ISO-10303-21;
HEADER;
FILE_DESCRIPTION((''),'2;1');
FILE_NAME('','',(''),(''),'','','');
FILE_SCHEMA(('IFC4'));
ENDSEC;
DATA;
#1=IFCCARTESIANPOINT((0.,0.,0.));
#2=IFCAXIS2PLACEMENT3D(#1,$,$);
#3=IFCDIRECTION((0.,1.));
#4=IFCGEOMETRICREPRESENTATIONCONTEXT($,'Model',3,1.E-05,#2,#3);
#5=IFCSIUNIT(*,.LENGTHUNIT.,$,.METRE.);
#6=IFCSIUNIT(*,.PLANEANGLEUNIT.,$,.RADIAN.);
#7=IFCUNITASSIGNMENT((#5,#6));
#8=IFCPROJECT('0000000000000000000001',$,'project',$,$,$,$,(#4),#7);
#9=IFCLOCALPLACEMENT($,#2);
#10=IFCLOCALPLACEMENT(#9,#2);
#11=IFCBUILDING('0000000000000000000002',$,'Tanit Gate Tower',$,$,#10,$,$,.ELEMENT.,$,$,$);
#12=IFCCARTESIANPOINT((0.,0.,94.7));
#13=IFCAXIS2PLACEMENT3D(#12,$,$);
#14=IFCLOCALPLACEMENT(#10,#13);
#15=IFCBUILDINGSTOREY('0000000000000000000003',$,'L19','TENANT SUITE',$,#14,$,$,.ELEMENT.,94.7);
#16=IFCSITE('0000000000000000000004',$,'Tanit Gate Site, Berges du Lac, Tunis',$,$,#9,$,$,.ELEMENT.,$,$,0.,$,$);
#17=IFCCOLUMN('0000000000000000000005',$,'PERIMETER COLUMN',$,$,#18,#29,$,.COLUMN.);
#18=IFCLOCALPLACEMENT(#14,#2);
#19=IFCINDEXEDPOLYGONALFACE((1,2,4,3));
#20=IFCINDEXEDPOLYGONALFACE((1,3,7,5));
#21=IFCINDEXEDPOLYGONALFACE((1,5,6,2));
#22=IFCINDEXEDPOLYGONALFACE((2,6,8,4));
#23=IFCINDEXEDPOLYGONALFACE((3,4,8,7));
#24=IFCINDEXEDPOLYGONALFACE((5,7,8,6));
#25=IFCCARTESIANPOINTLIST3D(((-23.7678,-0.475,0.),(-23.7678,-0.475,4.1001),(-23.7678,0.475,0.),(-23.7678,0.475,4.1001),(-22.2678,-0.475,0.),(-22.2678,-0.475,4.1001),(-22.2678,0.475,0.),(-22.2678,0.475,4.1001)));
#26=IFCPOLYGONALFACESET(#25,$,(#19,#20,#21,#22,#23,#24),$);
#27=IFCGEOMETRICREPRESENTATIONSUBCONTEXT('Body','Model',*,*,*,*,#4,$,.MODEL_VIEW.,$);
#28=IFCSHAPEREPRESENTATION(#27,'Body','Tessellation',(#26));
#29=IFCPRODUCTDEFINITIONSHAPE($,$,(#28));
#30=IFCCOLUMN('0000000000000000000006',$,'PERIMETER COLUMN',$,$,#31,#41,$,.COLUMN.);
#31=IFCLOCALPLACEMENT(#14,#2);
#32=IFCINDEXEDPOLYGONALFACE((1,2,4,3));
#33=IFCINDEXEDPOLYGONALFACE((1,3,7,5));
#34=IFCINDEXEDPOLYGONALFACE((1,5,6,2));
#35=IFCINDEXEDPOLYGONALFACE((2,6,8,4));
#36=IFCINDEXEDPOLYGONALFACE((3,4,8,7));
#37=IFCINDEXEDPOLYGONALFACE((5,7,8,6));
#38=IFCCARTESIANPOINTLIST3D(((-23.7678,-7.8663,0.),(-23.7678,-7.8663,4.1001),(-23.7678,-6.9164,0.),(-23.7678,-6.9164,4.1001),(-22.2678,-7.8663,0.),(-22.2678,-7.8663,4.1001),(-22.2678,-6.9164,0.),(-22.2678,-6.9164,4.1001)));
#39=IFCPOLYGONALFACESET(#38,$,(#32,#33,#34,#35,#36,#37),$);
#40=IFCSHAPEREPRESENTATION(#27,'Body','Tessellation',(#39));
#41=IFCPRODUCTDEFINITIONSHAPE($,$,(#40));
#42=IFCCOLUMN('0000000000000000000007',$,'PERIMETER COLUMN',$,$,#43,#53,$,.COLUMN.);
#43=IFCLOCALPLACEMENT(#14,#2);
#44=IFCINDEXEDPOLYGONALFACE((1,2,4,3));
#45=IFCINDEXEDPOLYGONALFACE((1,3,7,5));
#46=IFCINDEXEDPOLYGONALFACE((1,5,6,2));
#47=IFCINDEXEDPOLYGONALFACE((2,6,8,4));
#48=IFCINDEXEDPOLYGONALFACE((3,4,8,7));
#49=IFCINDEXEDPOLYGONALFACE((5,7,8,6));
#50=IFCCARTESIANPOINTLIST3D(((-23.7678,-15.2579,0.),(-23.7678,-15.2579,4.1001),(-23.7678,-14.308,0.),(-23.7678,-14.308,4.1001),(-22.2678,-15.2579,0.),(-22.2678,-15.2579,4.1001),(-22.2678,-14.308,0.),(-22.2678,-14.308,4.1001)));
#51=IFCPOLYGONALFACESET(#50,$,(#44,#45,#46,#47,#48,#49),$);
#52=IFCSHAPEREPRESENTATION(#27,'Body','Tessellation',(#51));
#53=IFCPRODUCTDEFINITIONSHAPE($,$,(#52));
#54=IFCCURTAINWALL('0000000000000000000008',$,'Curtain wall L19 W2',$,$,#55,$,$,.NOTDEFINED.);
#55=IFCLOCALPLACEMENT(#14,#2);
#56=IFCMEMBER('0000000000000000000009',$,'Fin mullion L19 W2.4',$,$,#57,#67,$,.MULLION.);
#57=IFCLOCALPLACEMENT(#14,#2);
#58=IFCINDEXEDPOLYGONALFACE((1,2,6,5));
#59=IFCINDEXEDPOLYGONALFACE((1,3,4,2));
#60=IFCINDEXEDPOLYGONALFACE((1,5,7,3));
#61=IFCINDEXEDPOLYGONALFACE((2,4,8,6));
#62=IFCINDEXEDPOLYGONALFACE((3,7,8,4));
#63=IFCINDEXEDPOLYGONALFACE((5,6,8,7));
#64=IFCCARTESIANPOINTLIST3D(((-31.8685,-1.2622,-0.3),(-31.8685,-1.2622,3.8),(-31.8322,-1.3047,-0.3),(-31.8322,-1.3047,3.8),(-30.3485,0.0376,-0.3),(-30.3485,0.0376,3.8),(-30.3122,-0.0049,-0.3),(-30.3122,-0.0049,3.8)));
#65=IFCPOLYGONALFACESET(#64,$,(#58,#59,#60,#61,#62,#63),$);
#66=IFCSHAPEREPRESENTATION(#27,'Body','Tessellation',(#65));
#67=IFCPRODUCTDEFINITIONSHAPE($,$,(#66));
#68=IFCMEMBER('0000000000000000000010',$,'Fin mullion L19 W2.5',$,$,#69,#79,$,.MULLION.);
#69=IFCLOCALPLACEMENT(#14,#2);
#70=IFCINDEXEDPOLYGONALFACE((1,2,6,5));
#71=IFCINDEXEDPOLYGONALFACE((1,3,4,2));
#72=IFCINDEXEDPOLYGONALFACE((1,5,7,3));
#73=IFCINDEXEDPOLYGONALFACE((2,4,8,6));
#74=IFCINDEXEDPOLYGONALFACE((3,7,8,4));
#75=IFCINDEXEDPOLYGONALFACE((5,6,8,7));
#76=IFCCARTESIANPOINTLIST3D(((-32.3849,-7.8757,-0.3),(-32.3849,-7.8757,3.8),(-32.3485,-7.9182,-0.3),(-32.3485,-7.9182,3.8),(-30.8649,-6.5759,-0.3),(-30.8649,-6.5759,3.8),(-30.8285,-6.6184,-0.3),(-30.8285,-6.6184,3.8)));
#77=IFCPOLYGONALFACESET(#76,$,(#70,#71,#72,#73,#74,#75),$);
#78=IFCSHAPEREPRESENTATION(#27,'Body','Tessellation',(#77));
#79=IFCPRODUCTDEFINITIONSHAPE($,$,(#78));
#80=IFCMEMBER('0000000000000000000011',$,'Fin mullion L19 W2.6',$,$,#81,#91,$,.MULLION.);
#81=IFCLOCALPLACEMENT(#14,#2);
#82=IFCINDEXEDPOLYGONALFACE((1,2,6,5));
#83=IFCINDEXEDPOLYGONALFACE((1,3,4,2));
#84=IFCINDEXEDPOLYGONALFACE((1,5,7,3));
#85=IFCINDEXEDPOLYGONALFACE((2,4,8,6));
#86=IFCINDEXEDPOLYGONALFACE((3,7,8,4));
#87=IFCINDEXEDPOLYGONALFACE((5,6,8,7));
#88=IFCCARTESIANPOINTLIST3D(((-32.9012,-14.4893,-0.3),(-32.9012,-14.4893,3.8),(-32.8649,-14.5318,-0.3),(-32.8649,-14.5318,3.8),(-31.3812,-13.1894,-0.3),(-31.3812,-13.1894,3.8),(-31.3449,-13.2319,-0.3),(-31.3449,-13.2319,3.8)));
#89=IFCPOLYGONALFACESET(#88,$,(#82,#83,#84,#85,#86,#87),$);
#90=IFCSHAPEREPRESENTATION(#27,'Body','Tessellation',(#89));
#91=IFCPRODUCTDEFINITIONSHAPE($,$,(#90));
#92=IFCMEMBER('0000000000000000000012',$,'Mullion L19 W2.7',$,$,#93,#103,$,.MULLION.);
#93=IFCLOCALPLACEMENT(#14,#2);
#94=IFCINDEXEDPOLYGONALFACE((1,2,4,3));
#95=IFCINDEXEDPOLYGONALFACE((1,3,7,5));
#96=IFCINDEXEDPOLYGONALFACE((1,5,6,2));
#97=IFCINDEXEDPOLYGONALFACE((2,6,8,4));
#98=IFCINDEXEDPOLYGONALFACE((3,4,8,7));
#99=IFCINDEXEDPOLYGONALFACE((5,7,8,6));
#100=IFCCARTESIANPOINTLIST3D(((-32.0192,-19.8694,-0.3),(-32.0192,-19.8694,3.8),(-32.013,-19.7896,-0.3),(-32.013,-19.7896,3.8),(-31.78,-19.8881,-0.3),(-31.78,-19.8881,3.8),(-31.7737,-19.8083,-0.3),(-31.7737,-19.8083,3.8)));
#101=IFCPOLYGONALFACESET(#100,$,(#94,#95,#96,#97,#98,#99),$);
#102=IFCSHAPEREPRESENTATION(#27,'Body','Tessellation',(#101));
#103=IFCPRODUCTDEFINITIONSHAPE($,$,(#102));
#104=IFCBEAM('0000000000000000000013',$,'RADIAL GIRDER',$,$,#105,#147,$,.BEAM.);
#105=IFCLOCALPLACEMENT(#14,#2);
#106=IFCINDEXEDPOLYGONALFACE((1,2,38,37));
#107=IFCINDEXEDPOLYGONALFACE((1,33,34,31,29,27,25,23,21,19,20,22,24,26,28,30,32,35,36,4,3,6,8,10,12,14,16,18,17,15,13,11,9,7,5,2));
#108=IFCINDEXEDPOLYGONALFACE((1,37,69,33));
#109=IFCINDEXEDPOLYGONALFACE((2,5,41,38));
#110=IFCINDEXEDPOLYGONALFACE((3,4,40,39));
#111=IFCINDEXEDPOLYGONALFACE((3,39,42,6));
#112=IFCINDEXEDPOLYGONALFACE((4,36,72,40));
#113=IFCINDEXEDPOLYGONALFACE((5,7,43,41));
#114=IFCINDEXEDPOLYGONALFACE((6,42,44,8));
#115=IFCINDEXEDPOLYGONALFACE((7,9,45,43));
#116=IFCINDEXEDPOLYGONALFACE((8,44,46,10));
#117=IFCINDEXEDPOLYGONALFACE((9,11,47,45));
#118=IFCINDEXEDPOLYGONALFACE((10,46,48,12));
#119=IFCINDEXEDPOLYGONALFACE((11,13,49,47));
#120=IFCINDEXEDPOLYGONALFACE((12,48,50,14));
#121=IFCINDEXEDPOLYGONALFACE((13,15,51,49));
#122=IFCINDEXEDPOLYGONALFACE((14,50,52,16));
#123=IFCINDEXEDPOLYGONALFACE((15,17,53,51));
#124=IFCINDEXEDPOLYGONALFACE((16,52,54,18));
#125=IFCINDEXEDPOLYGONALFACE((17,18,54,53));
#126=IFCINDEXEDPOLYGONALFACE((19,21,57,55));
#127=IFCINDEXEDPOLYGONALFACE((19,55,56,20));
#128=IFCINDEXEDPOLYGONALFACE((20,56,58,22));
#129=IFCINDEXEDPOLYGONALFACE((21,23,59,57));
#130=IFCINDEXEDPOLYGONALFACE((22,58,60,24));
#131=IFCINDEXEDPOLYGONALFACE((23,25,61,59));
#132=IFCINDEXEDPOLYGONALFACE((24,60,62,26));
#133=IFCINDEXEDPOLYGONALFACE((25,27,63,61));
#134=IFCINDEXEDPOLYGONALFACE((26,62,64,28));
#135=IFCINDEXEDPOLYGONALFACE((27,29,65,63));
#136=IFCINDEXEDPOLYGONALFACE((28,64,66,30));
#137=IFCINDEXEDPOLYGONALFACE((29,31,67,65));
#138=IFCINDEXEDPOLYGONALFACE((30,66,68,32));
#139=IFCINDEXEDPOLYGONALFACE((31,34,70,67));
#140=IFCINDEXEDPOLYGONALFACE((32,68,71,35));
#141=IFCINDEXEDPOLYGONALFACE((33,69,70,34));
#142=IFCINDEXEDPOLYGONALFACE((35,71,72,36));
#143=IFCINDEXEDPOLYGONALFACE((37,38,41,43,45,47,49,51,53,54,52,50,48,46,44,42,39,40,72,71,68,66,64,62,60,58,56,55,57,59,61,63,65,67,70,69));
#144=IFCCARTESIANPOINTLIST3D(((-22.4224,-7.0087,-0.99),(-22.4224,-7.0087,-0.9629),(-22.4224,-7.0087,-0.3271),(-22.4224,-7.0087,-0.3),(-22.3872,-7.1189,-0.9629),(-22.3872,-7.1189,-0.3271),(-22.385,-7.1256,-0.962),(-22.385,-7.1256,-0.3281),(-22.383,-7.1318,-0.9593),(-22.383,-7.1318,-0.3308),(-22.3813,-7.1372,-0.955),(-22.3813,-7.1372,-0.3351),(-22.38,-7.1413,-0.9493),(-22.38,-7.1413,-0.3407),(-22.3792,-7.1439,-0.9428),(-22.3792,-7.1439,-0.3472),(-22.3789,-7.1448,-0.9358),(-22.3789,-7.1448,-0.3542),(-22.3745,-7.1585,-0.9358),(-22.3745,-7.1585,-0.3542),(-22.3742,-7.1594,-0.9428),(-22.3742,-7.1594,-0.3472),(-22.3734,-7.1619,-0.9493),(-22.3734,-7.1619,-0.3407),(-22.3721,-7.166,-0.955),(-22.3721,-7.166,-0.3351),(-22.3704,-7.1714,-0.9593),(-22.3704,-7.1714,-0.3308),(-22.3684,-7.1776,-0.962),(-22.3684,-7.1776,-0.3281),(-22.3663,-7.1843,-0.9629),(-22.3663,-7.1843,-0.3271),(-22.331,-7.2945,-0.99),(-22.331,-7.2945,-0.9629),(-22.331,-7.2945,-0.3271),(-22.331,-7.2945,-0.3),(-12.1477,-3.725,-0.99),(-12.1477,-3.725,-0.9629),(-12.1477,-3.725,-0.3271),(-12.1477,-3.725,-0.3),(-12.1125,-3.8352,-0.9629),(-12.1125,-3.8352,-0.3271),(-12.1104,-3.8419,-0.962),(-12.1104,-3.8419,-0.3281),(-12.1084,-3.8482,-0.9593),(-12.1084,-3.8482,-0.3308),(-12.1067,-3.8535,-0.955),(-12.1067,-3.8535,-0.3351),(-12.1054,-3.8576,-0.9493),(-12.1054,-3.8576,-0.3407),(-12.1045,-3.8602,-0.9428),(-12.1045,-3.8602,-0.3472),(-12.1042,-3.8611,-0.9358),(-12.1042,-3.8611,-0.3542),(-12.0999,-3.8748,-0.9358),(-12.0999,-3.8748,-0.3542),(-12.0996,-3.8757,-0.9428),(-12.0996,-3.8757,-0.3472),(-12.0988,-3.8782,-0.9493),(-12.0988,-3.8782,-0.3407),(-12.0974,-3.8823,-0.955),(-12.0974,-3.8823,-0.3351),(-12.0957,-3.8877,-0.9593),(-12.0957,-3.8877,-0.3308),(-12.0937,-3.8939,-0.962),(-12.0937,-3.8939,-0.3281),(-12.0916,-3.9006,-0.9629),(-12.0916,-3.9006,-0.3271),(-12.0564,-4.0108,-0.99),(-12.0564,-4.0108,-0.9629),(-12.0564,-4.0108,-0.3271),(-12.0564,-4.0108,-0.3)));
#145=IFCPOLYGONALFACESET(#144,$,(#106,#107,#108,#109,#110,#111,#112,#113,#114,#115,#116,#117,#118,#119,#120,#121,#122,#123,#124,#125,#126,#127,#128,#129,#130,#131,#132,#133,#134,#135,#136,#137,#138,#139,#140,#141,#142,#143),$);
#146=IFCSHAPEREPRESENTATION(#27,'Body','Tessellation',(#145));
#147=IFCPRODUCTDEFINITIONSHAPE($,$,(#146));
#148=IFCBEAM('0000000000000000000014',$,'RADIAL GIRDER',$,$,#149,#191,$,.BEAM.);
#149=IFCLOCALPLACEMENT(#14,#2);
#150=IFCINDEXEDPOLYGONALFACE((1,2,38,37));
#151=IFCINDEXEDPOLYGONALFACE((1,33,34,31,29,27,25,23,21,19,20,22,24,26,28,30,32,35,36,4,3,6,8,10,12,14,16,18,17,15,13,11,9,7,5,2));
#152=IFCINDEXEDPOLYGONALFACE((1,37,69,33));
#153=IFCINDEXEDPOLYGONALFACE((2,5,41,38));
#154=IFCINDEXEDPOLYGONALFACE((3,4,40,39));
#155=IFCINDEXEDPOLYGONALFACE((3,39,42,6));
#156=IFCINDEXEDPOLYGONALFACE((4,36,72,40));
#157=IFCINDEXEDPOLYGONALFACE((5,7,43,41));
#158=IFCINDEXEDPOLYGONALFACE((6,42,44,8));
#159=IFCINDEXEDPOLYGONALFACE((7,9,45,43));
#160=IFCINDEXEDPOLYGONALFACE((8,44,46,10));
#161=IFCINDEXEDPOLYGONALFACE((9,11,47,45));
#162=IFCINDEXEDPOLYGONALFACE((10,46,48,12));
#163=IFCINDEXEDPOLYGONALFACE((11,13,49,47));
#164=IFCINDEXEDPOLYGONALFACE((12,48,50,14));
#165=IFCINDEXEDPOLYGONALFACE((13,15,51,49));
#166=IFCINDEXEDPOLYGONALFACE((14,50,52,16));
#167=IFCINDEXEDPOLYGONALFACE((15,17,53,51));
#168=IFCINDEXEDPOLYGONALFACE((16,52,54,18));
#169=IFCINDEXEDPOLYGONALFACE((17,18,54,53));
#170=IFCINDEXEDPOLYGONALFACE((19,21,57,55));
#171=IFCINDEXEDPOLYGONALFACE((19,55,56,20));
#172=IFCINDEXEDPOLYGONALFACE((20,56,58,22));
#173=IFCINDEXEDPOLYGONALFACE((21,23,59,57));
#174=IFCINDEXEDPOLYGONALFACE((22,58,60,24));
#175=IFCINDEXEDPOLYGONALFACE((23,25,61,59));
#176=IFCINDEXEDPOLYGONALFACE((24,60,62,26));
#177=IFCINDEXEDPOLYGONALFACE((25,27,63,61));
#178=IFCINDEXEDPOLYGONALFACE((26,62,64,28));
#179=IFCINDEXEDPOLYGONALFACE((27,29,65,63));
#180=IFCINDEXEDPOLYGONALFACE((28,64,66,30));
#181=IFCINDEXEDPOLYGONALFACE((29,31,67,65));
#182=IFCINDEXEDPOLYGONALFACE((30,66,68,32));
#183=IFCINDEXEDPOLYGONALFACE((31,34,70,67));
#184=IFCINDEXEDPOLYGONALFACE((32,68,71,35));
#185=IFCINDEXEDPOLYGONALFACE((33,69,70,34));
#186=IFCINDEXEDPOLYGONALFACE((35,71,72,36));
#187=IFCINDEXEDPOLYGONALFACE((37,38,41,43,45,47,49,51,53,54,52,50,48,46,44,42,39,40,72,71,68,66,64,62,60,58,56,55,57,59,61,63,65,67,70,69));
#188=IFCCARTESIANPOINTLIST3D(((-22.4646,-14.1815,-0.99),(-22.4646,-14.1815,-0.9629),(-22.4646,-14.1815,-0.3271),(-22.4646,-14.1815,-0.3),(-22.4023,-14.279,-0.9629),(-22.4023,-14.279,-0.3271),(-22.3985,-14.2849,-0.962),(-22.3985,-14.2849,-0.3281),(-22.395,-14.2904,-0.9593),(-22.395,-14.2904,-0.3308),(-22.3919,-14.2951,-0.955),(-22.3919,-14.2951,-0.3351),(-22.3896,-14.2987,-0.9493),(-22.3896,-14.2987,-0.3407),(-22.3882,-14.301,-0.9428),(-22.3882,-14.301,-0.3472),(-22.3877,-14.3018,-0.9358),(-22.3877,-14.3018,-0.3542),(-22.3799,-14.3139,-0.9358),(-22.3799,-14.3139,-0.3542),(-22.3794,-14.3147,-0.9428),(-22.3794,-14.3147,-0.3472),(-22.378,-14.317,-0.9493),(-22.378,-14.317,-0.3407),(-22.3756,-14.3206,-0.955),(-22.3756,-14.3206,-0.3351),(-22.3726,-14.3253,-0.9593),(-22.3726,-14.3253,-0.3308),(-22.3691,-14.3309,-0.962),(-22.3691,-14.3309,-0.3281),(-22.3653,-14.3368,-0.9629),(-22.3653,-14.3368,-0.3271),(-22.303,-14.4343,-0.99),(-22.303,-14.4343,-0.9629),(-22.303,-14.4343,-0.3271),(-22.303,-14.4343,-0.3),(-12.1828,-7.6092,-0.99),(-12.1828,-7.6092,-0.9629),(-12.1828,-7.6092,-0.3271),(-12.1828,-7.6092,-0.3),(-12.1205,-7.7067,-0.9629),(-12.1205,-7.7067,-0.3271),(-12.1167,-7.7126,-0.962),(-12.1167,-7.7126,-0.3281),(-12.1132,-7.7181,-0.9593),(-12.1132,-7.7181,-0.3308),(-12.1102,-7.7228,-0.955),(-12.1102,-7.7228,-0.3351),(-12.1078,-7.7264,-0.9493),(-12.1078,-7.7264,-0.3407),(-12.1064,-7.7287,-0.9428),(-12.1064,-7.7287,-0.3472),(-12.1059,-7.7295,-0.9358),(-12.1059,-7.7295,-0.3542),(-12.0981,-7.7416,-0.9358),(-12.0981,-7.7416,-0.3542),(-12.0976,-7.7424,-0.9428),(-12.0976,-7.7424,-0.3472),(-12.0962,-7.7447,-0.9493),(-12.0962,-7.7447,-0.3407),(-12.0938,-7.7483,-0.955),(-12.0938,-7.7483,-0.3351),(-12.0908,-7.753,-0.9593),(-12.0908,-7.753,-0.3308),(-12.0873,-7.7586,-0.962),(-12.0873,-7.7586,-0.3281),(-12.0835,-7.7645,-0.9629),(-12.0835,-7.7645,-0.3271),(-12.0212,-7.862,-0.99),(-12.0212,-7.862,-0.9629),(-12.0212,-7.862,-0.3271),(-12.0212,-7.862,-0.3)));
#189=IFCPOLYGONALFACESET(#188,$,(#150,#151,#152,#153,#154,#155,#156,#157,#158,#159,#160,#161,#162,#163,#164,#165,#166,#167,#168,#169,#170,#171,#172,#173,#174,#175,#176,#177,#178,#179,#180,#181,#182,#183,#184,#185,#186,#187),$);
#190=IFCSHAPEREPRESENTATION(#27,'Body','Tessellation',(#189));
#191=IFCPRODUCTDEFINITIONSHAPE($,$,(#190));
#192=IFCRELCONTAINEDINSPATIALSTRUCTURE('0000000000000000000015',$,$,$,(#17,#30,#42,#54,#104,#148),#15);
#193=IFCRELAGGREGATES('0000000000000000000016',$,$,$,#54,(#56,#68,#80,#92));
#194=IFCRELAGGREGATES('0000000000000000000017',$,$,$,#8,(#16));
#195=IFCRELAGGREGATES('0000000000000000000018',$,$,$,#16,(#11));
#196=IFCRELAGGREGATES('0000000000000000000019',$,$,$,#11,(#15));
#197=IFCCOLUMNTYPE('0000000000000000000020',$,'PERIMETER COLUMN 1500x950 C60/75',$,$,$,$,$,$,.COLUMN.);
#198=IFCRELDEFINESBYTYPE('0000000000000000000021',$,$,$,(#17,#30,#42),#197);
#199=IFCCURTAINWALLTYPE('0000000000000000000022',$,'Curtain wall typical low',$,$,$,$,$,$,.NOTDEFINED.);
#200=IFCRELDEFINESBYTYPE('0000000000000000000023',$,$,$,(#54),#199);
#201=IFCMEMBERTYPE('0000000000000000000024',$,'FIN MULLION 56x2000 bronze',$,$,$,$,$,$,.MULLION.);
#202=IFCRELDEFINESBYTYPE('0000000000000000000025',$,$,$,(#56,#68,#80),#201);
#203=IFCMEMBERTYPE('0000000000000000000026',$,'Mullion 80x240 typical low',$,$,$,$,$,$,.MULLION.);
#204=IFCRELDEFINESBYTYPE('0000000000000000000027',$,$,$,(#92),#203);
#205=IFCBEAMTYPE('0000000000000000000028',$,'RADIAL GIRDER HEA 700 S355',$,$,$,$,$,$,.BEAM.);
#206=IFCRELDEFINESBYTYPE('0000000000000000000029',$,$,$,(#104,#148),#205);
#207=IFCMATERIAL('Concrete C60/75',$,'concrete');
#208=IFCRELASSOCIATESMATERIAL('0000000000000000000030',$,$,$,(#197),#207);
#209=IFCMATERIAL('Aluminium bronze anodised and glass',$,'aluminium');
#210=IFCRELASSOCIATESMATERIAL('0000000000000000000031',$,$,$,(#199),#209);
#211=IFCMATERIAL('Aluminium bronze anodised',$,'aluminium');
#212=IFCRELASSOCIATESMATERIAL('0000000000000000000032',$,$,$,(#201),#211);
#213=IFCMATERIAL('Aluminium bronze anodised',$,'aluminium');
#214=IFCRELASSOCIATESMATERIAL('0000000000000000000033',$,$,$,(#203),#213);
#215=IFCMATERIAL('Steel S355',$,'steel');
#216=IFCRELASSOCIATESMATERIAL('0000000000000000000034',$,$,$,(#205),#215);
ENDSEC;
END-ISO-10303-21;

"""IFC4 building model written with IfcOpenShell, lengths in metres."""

from ifc_helpers import new_model, si_unit, direction, frame, origin, origin_2d, place, context, subcontext, project, spatial, rectangle, i_section, extrude, material, material_profile, profile_set, type_object, element, aggregate, save


model = new_model("IFC4")

# Units and contexts
model_context = context("Model", 3, precision=1e-05, world=origin(), true_north=direction((0.0, 1.0)))
body_context = subcontext(model_context, "Body", "Model", "MODEL_VIEW")
ifc_project = project(units=[si_unit("LENGTHUNIT", "METRE"), si_unit("PLANEANGLEUNIT", "RADIAN")], contexts=[model_context])

# Site, building, storey
site_placement = place(None, origin())
site = spatial("IfcSite", under=ifc_project, at=site_placement, Name="Tanit Gate Site, Berges du Lac, Tunis", CompositionType="ELEMENT", RefElevation=0.0)
building_placement = place(site_placement, origin())
building = spatial("IfcBuilding", under=site, at=building_placement, Name="Tanit Gate Tower", CompositionType="ELEMENT")
storey_placement = place(building_placement, frame((0.0, 0.0, 94.7)))
storey = spatial("IfcBuildingStorey", under=building, at=storey_placement, Name="L19", Description="TENANT SUITE", CompositionType="ELEMENT", Elevation=94.7)

# Columns
ifc_material_1 = material(Name="Concrete C60/75", Category="concrete")
ifc_material_profile_1 = material_profile(ifc_material_1, rectangle(XDim=1.5, YDim=0.95, at=origin_2d()), Name="RC 1500x950")
ifc_profile_set_1 = profile_set([ifc_material_profile_1], Name="Concrete C60/75")
column_type = type_object("IfcColumnType", Name="PERIMETER COLUMN 1500x950 C60/75", PredefinedType="COLUMN", material=ifc_profile_set_1)
for number, where, z_axis, x_axis, name in (
    (1, (-23.0178, 0.0, 0.0), (0.0, 0.0, 1.0), (-1.0, 0.0, 0.0), "PERIMETER COLUMN"),
    (2, (-23.0178, -7.3914, 0.0), (0.0, 0.0, 1.0), (-1.0, 0.0, 0.0), "PERIMETER COLUMN"),
    (3, (-23.0178, -14.783, 0.0), (0.0, 0.0, 1.0), (-1.0, 0.0, 0.0), "PERIMETER COLUMN"),
):
    element("IfcColumn", number, at=place(storey_placement, frame(where, z_axis=z_axis, x_axis=x_axis)), inside=storey, type_object=column_type, Name=name, PredefinedType="COLUMN", context=body_context, shape_type="SweptSolid", body=[
        extrude(rectangle(XDim=1.5, YDim=0.95, at=origin_2d()), origin(), (0.0, 0.0, 1.0), 4.1001),
    ])

# Curtain wall, members
ifc_material_2 = material(Name="Aluminium bronze anodised and glass", Category="aluminium")
curtain_wall_type = type_object("IfcCurtainWallType", Name="Curtain wall typical low", PredefinedType="NOTDEFINED", material=ifc_material_2)
curtain_wall_placement = place(storey_placement, origin())
curtain_wall = element("IfcCurtainWall", 4, at=curtain_wall_placement, inside=storey, type_object=curtain_wall_type, Name="Curtain wall L19 W2", PredefinedType="NOTDEFINED")
ifc_material_3 = material(Name="Aluminium bronze anodised", Category="aluminium")
ifc_material_profile_2 = material_profile(ifc_material_3, rectangle(XDim=2.0, YDim=0.0559, at=origin_2d()), Name="56x2000 bronze fin mullion")
ifc_profile_set_2 = profile_set([ifc_material_profile_2], Name="Aluminium bronze anodised")
member_type_1 = type_object("IfcMemberType", Name="FIN MULLION 56x2000 bronze", PredefinedType="MULLION", material=ifc_profile_set_2)
member_1_placement = place(storey_placement, frame((-31.0903, -0.6335, -0.3), z_axis=(0.0, 0.0, 1.0), x_axis=(0.760002, 0.649921, 0.0)))
member_1 = element("IfcMember", 5, at=member_1_placement, type_object=member_type_1, Name="Fin mullion L19 W2.4", PredefinedType="MULLION", context=body_context, shape_type="SweptSolid", body=[
    extrude(rectangle(XDim=2.0, YDim=0.0559, at=origin_2d()), origin(), (0.0, 0.0, 1.0), 4.1001),
])
member_2_placement = place(storey_placement, frame((-31.6067, -7.2471, -0.3), z_axis=(0.0, 0.0, 1.0), x_axis=(0.760002, 0.649921, 0.0)))
member_2 = element("IfcMember", 6, at=member_2_placement, type_object=member_type_1, Name="Fin mullion L19 W2.5", PredefinedType="MULLION", context=body_context, shape_type="SweptSolid", body=[
    extrude(rectangle(XDim=2.0, YDim=0.0559, at=origin_2d()), origin(), (0.0, 0.0, 1.0), 4.1001),
])
member_3_placement = place(storey_placement, frame((-32.123, -13.8606, -0.3), z_axis=(0.0, 0.0, 1.0), x_axis=(0.760002, 0.649921, 0.0)))
member_3 = element("IfcMember", 7, at=member_3_placement, type_object=member_type_1, Name="Fin mullion L19 W2.6", PredefinedType="MULLION", context=body_context, shape_type="SweptSolid", body=[
    extrude(rectangle(XDim=2.0, YDim=0.0559, at=origin_2d()), origin(), (0.0, 0.0, 1.0), 4.1001),
])
ifc_material_4 = material(Name="Aluminium bronze anodised", Category="aluminium")
ifc_material_profile_3 = material_profile(ifc_material_4, rectangle(XDim=0.24, YDim=0.0801, at=origin_2d()), Name="80x240 bronze mullion")
ifc_profile_set_3 = profile_set([ifc_material_profile_3], Name="Aluminium bronze anodised")
member_type_2 = type_object("IfcMemberType", Name="Mullion 80x240 typical low", PredefinedType="MULLION", material=ifc_profile_set_3)
member_4_placement = place(storey_placement, frame((-31.8965, -19.8389, -0.3), z_axis=(0.0, 0.0, 1.0), x_axis=(0.996966, -0.077839, 0.0)))
member_4 = element("IfcMember", 8, at=member_4_placement, type_object=member_type_2, Name="Mullion L19 W2.7", PredefinedType="MULLION", context=body_context, shape_type="SweptSolid", body=[
    extrude(rectangle(XDim=0.24, YDim=0.0801, at=origin_2d()), origin(), (0.0, 0.0, 1.0), 4.1001),
])

# Beams
ifc_material_5 = material(Name="Steel S355", Category="steel")
ifc_material_profile_4 = material_profile(ifc_material_5, i_section(OverallWidth=0.3, OverallDepth=0.6899, WebThickness=0.0144, FlangeThickness=0.0271, FilletRadius=0.0271, at=origin_2d()), Name="HEA 700")
ifc_profile_set_4 = profile_set([ifc_material_profile_4], Name="Steel S355")
beam_type = type_object("IfcBeamType", Name="RADIAL GIRDER HEA 700 S355", PredefinedType="BEAM", material=ifc_profile_set_4)
beam_1_placement = place(storey_placement, frame((-22.3767, -7.1516, -0.645), z_axis=(0.952537, 0.304423, 0.0), x_axis=(-0.304423, 0.952537, 0.0)))
element("IfcBeam", 9, at=beam_1_placement, inside=storey, type_object=beam_type, Name="RADIAL GIRDER", PredefinedType="BEAM", context=body_context, shape_type="SweptSolid", body=[
    extrude(i_section(OverallWidth=0.3, OverallDepth=0.6899, WebThickness=0.0144, FlangeThickness=0.0271, FilletRadius=0.0271, at=origin_2d()), origin(), (0.0, 0.0, 1.0), 10.7866),
])
beam_2_placement = place(storey_placement, frame((-22.3838, -14.3079, -0.645), z_axis=(0.842571, 0.538586, 0.0), x_axis=(-0.538586, 0.842571, 0.0)))
element("IfcBeam", 10, at=beam_2_placement, inside=storey, type_object=beam_type, Name="RADIAL GIRDER", PredefinedType="BEAM", context=body_context, shape_type="SweptSolid", body=[
    extrude(i_section(OverallWidth=0.3, OverallDepth=0.6899, WebThickness=0.0144, FlangeThickness=0.0271, FilletRadius=0.0271, at=origin_2d()), origin(), (0.0, 0.0, 1.0), 12.2029),
])

aggregate(curtain_wall, [member_1, member_2, member_3, member_4])

save(model, "model.ifc")
